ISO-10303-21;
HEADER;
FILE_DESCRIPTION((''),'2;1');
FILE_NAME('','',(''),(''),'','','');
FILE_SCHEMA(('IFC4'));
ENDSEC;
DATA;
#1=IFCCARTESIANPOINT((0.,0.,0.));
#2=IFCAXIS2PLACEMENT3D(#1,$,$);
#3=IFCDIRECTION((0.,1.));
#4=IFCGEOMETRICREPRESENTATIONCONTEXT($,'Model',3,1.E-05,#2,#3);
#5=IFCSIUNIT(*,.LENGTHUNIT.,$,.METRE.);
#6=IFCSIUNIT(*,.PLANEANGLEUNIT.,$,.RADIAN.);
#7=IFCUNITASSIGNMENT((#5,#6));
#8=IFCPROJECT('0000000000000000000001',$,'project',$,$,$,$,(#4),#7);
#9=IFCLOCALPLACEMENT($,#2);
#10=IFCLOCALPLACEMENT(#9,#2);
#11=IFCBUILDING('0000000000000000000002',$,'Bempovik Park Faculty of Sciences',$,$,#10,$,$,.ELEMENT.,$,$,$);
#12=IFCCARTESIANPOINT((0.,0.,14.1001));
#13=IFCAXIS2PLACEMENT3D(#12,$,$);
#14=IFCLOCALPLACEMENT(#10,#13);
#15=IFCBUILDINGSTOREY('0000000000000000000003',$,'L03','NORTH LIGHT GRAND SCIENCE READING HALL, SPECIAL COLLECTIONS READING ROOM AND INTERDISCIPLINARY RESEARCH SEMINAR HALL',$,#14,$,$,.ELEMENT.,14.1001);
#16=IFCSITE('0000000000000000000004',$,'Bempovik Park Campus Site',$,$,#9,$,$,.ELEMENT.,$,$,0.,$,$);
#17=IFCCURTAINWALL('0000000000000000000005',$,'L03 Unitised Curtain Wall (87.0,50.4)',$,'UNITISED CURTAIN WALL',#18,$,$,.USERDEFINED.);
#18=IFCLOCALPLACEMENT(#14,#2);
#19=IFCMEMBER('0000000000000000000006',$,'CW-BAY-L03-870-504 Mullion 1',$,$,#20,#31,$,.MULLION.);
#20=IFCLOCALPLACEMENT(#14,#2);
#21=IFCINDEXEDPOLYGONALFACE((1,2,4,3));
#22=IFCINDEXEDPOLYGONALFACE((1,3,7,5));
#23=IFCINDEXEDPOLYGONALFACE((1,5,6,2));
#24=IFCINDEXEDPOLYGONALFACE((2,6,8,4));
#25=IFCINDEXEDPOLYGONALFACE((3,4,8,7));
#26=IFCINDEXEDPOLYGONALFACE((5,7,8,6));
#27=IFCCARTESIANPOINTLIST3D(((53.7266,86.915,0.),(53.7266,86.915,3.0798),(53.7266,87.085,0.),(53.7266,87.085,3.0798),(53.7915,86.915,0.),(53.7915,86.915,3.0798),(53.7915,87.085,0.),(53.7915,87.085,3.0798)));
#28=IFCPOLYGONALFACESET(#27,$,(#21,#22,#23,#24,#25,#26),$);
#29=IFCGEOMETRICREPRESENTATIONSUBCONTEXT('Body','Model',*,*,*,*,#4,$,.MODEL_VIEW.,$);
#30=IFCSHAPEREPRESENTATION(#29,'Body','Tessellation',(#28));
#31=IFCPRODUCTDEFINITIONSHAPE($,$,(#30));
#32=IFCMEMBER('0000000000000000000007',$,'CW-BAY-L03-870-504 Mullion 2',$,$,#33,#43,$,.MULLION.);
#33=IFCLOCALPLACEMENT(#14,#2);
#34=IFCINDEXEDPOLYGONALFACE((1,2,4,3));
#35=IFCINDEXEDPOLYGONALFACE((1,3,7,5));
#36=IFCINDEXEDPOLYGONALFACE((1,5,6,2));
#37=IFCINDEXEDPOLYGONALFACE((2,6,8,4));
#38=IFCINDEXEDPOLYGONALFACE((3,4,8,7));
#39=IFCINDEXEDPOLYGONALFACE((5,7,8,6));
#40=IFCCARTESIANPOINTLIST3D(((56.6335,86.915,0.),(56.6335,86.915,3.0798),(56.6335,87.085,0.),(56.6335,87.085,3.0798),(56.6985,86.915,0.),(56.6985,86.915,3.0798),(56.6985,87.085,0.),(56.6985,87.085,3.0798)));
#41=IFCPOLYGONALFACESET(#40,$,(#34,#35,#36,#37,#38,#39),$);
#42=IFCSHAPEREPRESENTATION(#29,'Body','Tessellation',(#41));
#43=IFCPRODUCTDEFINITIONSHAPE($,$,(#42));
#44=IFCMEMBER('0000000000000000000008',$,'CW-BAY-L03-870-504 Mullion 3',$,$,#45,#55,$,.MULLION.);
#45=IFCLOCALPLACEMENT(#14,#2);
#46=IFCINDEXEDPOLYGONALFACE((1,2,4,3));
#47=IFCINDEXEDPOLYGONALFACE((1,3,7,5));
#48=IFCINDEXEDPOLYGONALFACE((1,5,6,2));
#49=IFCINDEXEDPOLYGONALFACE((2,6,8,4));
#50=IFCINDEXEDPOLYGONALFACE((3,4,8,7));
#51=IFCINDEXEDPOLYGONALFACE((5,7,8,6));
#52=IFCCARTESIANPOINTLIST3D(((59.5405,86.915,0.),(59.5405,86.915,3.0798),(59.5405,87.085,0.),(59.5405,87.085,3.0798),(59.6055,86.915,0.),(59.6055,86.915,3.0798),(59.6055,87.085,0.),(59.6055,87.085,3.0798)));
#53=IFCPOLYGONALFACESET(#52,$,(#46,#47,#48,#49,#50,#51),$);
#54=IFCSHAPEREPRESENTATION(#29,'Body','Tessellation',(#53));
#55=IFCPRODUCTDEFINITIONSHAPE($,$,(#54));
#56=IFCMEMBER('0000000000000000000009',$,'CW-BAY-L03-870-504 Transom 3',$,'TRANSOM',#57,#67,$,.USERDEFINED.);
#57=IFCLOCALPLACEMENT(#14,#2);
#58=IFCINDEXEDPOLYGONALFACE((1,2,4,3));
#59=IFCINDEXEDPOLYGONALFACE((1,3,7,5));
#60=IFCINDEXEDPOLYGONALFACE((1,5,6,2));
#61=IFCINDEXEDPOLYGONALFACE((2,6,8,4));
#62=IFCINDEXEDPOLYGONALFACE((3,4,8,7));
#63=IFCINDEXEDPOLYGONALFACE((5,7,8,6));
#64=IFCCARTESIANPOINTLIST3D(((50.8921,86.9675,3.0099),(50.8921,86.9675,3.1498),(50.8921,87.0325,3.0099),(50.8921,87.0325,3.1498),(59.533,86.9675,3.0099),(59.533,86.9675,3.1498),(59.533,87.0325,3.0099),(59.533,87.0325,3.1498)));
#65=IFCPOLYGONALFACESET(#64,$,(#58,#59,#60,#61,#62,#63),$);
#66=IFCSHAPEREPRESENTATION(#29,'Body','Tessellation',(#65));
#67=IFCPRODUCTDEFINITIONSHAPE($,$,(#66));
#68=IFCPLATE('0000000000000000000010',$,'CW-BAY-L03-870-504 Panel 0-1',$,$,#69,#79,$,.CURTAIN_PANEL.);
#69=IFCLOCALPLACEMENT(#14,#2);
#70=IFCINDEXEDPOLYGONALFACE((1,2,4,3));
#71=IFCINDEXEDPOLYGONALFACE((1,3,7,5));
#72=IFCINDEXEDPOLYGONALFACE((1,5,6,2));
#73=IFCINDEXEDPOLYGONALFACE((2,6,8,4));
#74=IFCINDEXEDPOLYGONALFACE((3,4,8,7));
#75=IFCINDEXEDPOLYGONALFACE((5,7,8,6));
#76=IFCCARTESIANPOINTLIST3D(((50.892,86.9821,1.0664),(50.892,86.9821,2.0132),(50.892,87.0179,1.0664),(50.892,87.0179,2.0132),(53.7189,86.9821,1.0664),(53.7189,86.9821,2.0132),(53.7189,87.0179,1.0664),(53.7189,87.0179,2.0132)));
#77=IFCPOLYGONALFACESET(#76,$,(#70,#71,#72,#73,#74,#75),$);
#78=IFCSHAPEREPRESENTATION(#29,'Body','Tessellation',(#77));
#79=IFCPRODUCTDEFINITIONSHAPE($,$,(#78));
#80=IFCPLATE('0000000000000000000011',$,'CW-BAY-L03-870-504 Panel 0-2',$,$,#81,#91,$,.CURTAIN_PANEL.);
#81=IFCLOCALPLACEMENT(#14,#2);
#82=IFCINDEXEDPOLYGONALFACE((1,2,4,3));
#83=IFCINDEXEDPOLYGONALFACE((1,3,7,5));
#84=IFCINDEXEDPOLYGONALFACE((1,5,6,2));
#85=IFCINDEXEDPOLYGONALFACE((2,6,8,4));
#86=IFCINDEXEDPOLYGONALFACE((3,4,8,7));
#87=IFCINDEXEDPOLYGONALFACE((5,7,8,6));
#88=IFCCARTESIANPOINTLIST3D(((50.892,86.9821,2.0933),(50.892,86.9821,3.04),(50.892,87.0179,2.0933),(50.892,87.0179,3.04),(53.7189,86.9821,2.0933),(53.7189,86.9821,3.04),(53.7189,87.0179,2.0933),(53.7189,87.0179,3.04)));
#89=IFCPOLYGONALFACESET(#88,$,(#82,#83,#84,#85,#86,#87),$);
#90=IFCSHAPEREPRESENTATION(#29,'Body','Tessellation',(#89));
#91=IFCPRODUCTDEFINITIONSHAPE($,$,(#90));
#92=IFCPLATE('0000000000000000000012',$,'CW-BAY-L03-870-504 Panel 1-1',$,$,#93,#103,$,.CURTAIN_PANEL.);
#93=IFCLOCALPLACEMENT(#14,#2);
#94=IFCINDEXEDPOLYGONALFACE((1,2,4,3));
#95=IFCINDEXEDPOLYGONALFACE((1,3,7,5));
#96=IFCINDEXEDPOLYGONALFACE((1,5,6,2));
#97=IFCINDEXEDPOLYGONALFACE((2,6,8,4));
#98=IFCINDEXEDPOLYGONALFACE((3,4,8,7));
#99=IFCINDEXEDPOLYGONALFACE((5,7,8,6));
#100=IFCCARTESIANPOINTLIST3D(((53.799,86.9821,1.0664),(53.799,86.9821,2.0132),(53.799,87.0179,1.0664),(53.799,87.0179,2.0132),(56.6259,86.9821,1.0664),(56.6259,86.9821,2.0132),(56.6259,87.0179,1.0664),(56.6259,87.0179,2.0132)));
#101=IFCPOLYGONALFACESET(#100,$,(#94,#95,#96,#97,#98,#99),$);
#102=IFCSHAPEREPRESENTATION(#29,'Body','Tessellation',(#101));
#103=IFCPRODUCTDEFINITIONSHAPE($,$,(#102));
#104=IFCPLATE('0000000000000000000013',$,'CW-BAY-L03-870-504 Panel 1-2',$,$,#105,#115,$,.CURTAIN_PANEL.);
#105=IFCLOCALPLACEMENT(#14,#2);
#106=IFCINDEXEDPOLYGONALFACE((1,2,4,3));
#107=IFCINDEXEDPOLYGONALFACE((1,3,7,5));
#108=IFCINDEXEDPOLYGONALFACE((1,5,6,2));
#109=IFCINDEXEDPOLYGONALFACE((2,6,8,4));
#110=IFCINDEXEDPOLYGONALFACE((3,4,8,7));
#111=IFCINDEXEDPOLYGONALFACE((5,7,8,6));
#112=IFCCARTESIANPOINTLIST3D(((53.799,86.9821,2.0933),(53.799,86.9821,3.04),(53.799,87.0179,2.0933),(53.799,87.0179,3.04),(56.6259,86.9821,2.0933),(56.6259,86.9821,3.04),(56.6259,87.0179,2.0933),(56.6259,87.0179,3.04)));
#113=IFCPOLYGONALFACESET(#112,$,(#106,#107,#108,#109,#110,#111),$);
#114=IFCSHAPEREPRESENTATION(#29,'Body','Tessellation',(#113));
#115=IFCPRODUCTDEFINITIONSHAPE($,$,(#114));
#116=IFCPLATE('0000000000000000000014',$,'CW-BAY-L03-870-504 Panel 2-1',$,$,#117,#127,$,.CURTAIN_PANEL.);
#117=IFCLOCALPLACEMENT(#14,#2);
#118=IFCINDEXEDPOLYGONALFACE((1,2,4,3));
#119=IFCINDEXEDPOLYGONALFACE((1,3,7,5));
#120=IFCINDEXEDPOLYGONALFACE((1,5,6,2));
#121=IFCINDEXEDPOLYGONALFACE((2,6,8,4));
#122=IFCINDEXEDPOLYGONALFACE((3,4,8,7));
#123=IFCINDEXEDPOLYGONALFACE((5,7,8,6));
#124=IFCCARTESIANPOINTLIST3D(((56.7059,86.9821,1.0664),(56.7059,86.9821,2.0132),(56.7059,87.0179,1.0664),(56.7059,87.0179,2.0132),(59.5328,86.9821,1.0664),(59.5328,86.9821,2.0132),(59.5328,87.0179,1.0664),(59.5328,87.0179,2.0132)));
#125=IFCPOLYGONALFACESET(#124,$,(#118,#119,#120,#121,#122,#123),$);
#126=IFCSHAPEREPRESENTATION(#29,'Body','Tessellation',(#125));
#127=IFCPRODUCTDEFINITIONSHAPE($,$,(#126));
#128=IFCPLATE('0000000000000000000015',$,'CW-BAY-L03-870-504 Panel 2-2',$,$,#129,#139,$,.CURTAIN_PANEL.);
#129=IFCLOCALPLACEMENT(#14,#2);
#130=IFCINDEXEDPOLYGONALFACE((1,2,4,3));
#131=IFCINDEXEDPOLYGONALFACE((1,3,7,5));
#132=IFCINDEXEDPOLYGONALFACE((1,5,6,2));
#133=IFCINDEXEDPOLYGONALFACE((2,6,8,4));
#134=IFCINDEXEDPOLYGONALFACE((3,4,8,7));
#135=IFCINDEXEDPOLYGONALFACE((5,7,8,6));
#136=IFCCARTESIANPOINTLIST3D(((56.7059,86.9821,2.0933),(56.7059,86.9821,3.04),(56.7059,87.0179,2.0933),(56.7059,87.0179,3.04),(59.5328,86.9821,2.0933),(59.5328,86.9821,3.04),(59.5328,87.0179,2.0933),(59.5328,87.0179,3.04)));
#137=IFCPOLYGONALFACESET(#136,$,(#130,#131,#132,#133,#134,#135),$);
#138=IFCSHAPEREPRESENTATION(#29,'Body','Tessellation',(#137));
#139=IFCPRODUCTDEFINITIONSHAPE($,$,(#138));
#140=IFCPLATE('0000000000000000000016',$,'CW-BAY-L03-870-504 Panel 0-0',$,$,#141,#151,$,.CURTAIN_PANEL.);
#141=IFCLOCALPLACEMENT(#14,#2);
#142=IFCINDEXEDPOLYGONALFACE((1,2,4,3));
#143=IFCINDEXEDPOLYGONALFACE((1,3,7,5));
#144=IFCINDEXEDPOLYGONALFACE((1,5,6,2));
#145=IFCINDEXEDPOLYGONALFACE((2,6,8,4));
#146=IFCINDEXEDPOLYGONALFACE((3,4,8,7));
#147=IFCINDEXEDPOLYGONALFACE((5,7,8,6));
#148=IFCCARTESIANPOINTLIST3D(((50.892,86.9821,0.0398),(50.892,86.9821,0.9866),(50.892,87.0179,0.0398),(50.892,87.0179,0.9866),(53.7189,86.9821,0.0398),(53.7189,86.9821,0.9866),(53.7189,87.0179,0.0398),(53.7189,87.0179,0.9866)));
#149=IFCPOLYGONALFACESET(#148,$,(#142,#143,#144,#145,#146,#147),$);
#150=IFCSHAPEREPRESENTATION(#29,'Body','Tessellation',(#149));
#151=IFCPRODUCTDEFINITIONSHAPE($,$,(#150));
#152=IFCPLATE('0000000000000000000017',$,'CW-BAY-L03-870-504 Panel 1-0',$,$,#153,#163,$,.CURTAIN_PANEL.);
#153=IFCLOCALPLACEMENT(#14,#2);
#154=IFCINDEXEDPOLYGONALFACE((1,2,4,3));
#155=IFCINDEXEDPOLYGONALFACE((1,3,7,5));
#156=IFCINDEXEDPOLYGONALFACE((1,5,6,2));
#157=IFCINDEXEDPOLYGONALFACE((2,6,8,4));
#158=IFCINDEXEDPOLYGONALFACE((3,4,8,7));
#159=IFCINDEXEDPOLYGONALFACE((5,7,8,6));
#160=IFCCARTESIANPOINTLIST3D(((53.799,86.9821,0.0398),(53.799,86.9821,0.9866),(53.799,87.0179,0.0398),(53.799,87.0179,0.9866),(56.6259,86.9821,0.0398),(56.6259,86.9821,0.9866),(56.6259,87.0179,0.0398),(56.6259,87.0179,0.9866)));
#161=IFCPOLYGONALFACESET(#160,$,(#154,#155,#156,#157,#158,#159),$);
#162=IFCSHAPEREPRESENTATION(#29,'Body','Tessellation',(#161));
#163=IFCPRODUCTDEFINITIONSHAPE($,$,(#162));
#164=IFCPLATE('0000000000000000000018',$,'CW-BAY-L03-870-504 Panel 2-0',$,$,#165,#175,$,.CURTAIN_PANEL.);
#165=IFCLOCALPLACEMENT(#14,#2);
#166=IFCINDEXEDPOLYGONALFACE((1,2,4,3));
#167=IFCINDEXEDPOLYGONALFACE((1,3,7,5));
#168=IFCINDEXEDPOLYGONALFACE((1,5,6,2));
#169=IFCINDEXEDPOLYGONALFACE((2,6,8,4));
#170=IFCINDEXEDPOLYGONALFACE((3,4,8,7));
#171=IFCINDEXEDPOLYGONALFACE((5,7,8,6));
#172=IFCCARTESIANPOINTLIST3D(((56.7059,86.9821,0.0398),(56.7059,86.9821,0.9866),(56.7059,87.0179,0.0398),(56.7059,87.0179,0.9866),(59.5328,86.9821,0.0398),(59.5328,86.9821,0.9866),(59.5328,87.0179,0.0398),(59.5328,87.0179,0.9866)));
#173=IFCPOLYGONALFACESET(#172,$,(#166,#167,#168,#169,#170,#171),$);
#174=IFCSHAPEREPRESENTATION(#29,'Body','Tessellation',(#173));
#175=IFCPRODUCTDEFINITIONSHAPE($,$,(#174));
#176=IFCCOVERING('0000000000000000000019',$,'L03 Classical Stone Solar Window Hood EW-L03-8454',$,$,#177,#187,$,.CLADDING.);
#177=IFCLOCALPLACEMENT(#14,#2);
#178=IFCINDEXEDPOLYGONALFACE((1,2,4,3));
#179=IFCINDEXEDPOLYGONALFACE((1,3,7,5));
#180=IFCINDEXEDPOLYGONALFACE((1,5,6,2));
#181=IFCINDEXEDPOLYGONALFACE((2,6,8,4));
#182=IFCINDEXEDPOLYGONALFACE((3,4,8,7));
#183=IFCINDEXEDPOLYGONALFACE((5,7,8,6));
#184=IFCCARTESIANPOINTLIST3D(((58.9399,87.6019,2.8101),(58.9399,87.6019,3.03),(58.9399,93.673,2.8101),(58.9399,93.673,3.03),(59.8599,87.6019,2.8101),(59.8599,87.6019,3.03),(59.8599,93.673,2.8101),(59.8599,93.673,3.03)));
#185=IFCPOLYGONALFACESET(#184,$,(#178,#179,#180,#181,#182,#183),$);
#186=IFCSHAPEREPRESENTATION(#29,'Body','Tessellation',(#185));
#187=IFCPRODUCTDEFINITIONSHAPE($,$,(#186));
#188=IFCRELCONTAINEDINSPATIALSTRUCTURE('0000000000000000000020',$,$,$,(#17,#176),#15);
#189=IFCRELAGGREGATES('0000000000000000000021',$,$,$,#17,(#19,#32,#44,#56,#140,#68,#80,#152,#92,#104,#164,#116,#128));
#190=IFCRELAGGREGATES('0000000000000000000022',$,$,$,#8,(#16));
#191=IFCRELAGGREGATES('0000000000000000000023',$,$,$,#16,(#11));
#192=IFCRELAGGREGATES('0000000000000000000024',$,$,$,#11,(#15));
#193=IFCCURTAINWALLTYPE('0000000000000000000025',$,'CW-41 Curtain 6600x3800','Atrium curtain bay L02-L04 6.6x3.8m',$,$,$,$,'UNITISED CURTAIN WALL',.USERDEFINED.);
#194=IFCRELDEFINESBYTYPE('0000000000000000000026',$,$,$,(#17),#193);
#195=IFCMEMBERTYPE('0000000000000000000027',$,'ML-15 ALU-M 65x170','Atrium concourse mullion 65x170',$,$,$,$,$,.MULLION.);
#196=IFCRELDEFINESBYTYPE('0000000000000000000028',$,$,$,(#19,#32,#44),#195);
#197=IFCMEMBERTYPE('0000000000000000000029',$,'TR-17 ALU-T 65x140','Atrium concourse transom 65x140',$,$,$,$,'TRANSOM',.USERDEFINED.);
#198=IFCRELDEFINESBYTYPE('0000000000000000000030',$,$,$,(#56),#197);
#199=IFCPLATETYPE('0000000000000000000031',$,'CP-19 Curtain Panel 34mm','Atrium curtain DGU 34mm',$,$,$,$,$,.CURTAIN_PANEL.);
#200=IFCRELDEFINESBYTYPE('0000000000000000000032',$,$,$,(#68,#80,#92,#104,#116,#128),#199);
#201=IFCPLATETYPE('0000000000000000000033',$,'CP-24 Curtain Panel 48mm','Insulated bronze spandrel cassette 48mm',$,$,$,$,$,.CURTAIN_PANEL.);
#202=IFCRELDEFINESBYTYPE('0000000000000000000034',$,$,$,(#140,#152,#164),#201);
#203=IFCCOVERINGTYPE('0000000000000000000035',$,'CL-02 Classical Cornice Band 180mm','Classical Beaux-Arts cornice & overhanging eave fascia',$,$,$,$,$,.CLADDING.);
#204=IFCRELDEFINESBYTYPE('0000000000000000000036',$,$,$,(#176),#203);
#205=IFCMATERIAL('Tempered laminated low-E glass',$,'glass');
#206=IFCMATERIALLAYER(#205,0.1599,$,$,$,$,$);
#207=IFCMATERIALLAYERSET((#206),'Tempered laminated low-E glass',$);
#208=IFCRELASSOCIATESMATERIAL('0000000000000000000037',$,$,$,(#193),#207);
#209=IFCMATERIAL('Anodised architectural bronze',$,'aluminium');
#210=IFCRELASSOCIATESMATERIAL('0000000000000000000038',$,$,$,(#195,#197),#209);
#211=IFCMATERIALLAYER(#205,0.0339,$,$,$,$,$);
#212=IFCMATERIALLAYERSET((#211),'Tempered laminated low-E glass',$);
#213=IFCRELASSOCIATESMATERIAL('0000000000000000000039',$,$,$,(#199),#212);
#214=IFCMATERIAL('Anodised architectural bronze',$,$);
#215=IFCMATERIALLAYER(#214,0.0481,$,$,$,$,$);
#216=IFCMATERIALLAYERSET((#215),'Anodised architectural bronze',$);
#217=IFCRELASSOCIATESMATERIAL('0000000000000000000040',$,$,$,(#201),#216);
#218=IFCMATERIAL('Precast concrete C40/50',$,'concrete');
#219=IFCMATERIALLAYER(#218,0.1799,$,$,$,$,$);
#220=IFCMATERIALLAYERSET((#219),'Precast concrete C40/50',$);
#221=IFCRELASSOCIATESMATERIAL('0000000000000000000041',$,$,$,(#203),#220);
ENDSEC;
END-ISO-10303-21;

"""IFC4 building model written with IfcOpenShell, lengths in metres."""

from ifc_helpers import new_model, si_unit, direction, frame, origin, origin_2d, place, context, subcontext, project, spatial, rectangle, extrude, material, layer, layer_set, material_profile, profile_set, type_object, element, aggregate, save


model = new_model("IFC4")

# Units and contexts
model_context = context("Model", 3, precision=1e-05, world=origin(), true_north=direction((0.0, 1.0)))
body_context = subcontext(model_context, "Body", "Model", "MODEL_VIEW")
ifc_project = project(units=[si_unit("LENGTHUNIT", "METRE"), si_unit("PLANEANGLEUNIT", "RADIAN")], contexts=[model_context])

# Site, building, storey
site_placement = place(None, origin())
site = spatial("IfcSite", under=ifc_project, at=site_placement, Name="Bempovik Park Campus Site", CompositionType="ELEMENT", RefElevation=0.0)
building_placement = place(site_placement, origin())
building = spatial("IfcBuilding", under=site, at=building_placement, Name="Bempovik Park Faculty of Sciences", CompositionType="ELEMENT")
storey_placement = place(building_placement, frame((0.0, 0.0, 14.1001)))
storey = spatial("IfcBuildingStorey", under=building, at=storey_placement, Name="L03", Description="NORTH LIGHT GRAND SCIENCE READING HALL, SPECIAL COLLECTIONS READING ROOM AND INTERDISCIPLINARY RESEARCH SEMINAR HALL", CompositionType="ELEMENT", Elevation=14.1001)

# Curtain wall, members, plates
ifc_material_1 = material(Name="Tempered laminated low-E glass", Category="glass")
ifc_layer_1 = layer(ifc_material_1, 0.1599)
ifc_layer_set_1 = layer_set([ifc_layer_1], Name="Tempered laminated low-E glass")
curtain_wall_type = type_object("IfcCurtainWallType", Name="CW-41 Curtain 6600x3800", Description="Atrium curtain bay L02-L04 6.6x3.8m", ElementType="UNITISED CURTAIN WALL", PredefinedType="USERDEFINED", material=ifc_layer_set_1)
curtain_wall_placement = place(storey_placement, origin())
curtain_wall = element("IfcCurtainWall", 1, at=curtain_wall_placement, inside=storey, type_object=curtain_wall_type, Name="L03 Unitised Curtain Wall (87.0,50.4)", ObjectType="UNITISED CURTAIN WALL", PredefinedType="USERDEFINED")
ifc_material_2 = material(Name="Anodised architectural bronze", Category="aluminium")
ifc_material_profile_1 = material_profile(ifc_material_2, rectangle(XDim=0.0649, YDim=0.1699, at=origin_2d()), Name="ALU-M 65x170")
ifc_profile_set_1 = profile_set([ifc_material_profile_1], Name="Anodised architectural bronze")
member_type_1 = type_object("IfcMemberType", Name="ML-15 ALU-M 65x170", Description="Atrium concourse mullion 65x170", PredefinedType="MULLION", material=ifc_profile_set_1)
member_1_placement = place(storey_placement, frame((53.759, 87.0, 0.0), z_axis=(0.0, 0.0, 1.0), x_axis=(1.0, 0.0, 0.0)))
member_1 = element("IfcMember", 2, at=member_1_placement, type_object=member_type_1, Name="CW-BAY-L03-870-504 Mullion 1", PredefinedType="MULLION", context=body_context, shape_type="SweptSolid", body=[
    extrude(rectangle(XDim=0.0649, YDim=0.1699, at=origin_2d()), origin(), (0.0, 0.0, 1.0), 3.0798),
])
member_2_placement = place(storey_placement, frame((56.666, 87.0, 0.0), z_axis=(0.0, 0.0, 1.0), x_axis=(1.0, 0.0, 0.0)))
member_2 = element("IfcMember", 3, at=member_2_placement, type_object=member_type_1, Name="CW-BAY-L03-870-504 Mullion 2", PredefinedType="MULLION", context=body_context, shape_type="SweptSolid", body=[
    extrude(rectangle(XDim=0.0649, YDim=0.1699, at=origin_2d()), origin(), (0.0, 0.0, 1.0), 3.0798),
])
member_3_placement = place(storey_placement, frame((59.573, 87.0, 0.0), z_axis=(0.0, 0.0, 1.0), x_axis=(1.0, 0.0, 0.0)))
member_3 = element("IfcMember", 4, at=member_3_placement, type_object=member_type_1, Name="CW-BAY-L03-870-504 Mullion 3", PredefinedType="MULLION", context=body_context, shape_type="SweptSolid", body=[
    extrude(rectangle(XDim=0.0649, YDim=0.1699, at=origin_2d()), origin(), (0.0, 0.0, 1.0), 3.0798),
])
ifc_material_profile_2 = material_profile(ifc_material_2, rectangle(XDim=0.0649, YDim=0.1399, at=origin_2d()), Name="ALU-T 65x140")
ifc_profile_set_2 = profile_set([ifc_material_profile_2], Name="Anodised architectural bronze")
member_type_2 = type_object("IfcMemberType", Name="TR-17 ALU-T 65x140", Description="Atrium concourse transom 65x140", ElementType="TRANSOM", PredefinedType="USERDEFINED", material=ifc_profile_set_2)
member_4_placement = place(storey_placement, frame((50.8921, 87.0, 3.0798), z_axis=(1.0, 0.0, 0.0), x_axis=(0.0, 1.0, 0.0)))
member_4 = element("IfcMember", 5, at=member_4_placement, type_object=member_type_2, Name="CW-BAY-L03-870-504 Transom 3", ObjectType="TRANSOM", PredefinedType="USERDEFINED", context=body_context, shape_type="SweptSolid", body=[
    extrude(rectangle(XDim=0.0649, YDim=0.1399, at=origin_2d()), origin(), (0.0, 0.0, 1.0), 8.6409),
])
ifc_layer_2 = layer(ifc_material_1, 0.0339)
ifc_layer_set_2 = layer_set([ifc_layer_2], Name="Tempered laminated low-E glass")
plate_type_1 = type_object("IfcPlateType", Name="CP-19 Curtain Panel 34mm", Description="Atrium curtain DGU 34mm", PredefinedType="CURTAIN_PANEL", material=ifc_layer_set_2)
plate_1_placement = place(storey_placement, frame((52.3054, 87.0, 1.0664), z_axis=(0.0, 0.0, 1.0), x_axis=(1.0, 0.0, 0.0)))
plate_1 = element("IfcPlate", 6, at=plate_1_placement, type_object=plate_type_1, Name="CW-BAY-L03-870-504 Panel 0-1", PredefinedType="CURTAIN_PANEL", context=body_context, shape_type="SweptSolid", body=[
    extrude(rectangle(XDim=2.8269, YDim=0.0359, at=origin_2d()), origin(), (0.0, 0.0, 1.0), 0.9468),
])
plate_2_placement = place(storey_placement, frame((52.3054, 87.0, 2.0933), z_axis=(0.0, 0.0, 1.0), x_axis=(1.0, 0.0, 0.0)))
plate_2 = element("IfcPlate", 7, at=plate_2_placement, type_object=plate_type_1, Name="CW-BAY-L03-870-504 Panel 0-2", PredefinedType="CURTAIN_PANEL", context=body_context, shape_type="SweptSolid", body=[
    extrude(rectangle(XDim=2.8269, YDim=0.0359, at=origin_2d()), origin(), (0.0, 0.0, 1.0), 0.9468),
])
plate_3_placement = place(storey_placement, frame((55.2124, 87.0, 1.0664), z_axis=(0.0, 0.0, 1.0), x_axis=(1.0, 0.0, 0.0)))
plate_3 = element("IfcPlate", 8, at=plate_3_placement, type_object=plate_type_1, Name="CW-BAY-L03-870-504 Panel 1-1", PredefinedType="CURTAIN_PANEL", context=body_context, shape_type="SweptSolid", body=[
    extrude(rectangle(XDim=2.8269, YDim=0.0359, at=origin_2d()), origin(), (0.0, 0.0, 1.0), 0.9468),
])
plate_4_placement = place(storey_placement, frame((55.2124, 87.0, 2.0933), z_axis=(0.0, 0.0, 1.0), x_axis=(1.0, 0.0, 0.0)))
plate_4 = element("IfcPlate", 9, at=plate_4_placement, type_object=plate_type_1, Name="CW-BAY-L03-870-504 Panel 1-2", PredefinedType="CURTAIN_PANEL", context=body_context, shape_type="SweptSolid", body=[
    extrude(rectangle(XDim=2.8269, YDim=0.0359, at=origin_2d()), origin(), (0.0, 0.0, 1.0), 0.9468),
])
plate_5_placement = place(storey_placement, frame((58.1194, 87.0, 1.0664), z_axis=(0.0, 0.0, 1.0), x_axis=(1.0, 0.0, 0.0)))
plate_5 = element("IfcPlate", 10, at=plate_5_placement, type_object=plate_type_1, Name="CW-BAY-L03-870-504 Panel 2-1", PredefinedType="CURTAIN_PANEL", context=body_context, shape_type="SweptSolid", body=[
    extrude(rectangle(XDim=2.8269, YDim=0.0359, at=origin_2d()), origin(), (0.0, 0.0, 1.0), 0.9468),
])
plate_6_placement = place(storey_placement, frame((58.1194, 87.0, 2.0933), z_axis=(0.0, 0.0, 1.0), x_axis=(1.0, 0.0, 0.0)))
plate_6 = element("IfcPlate", 11, at=plate_6_placement, type_object=plate_type_1, Name="CW-BAY-L03-870-504 Panel 2-2", PredefinedType="CURTAIN_PANEL", context=body_context, shape_type="SweptSolid", body=[
    extrude(rectangle(XDim=2.8269, YDim=0.0359, at=origin_2d()), origin(), (0.0, 0.0, 1.0), 0.9468),
])
ifc_material_3 = material(Name="Anodised architectural bronze")
ifc_layer_3 = layer(ifc_material_3, 0.0481)
ifc_layer_set_3 = layer_set([ifc_layer_3], Name="Anodised architectural bronze")
plate_type_2 = type_object("IfcPlateType", Name="CP-24 Curtain Panel 48mm", Description="Insulated bronze spandrel cassette 48mm", PredefinedType="CURTAIN_PANEL", material=ifc_layer_set_3)
plate_7_placement = place(storey_placement, frame((52.3054, 87.0, 0.0398), z_axis=(0.0, 0.0, 1.0), x_axis=(1.0, 0.0, 0.0)))
plate_7 = element("IfcPlate", 12, at=plate_7_placement, type_object=plate_type_2, Name="CW-BAY-L03-870-504 Panel 0-0", PredefinedType="CURTAIN_PANEL", context=body_context, shape_type="SweptSolid", body=[
    extrude(rectangle(XDim=2.8269, YDim=0.0359, at=origin_2d()), origin(), (0.0, 0.0, 1.0), 0.9468),
])
plate_8_placement = place(storey_placement, frame((55.2124, 87.0, 0.0398), z_axis=(0.0, 0.0, 1.0), x_axis=(1.0, 0.0, 0.0)))
plate_8 = element("IfcPlate", 13, at=plate_8_placement, type_object=plate_type_2, Name="CW-BAY-L03-870-504 Panel 1-0", PredefinedType="CURTAIN_PANEL", context=body_context, shape_type="SweptSolid", body=[
    extrude(rectangle(XDim=2.8269, YDim=0.0359, at=origin_2d()), origin(), (0.0, 0.0, 1.0), 0.9468),
])
plate_9_placement = place(storey_placement, frame((58.1194, 87.0, 0.0398), z_axis=(0.0, 0.0, 1.0), x_axis=(1.0, 0.0, 0.0)))
plate_9 = element("IfcPlate", 14, at=plate_9_placement, type_object=plate_type_2, Name="CW-BAY-L03-870-504 Panel 2-0", PredefinedType="CURTAIN_PANEL", context=body_context, shape_type="SweptSolid", body=[
    extrude(rectangle(XDim=2.8269, YDim=0.0359, at=origin_2d()), origin(), (0.0, 0.0, 1.0), 0.9468),
])
aggregate(curtain_wall, [member_1, member_2, member_3, member_4, plate_7, plate_1, plate_2, plate_8, plate_3, plate_4, plate_9, plate_5, plate_6])

# Covering
ifc_material_4 = material(Name="Precast concrete C40/50", Category="concrete")
ifc_layer_4 = layer(ifc_material_4, 0.1799)
ifc_layer_set_4 = layer_set([ifc_layer_4], Name="Precast concrete C40/50")
covering_type_1 = type_object("IfcCoveringType", Name="CL-02 Classical Cornice Band 180mm", Description="Classical Beaux-Arts cornice & overhanging eave fascia", PredefinedType="CLADDING", material=ifc_layer_set_4)
covering_1_placement = place(storey_placement, frame((59.3999, 90.6375, 2.8101), z_axis=(0.0, 0.0, 1.0), x_axis=(1.0, 0.0, 0.0)))
element("IfcCovering", 15, at=covering_1_placement, inside=storey, type_object=covering_type_1, Name="L03 Classical Stone Solar Window Hood EW-L03-8454", PredefinedType="CLADDING", context=body_context, shape_type="SweptSolid", body=[
    extrude(rectangle(XDim=0.9199, YDim=6.071, at=origin_2d()), origin(), (0.0, 0.0, 1.0), 0.22),
])

save(model, "model.ifc")
